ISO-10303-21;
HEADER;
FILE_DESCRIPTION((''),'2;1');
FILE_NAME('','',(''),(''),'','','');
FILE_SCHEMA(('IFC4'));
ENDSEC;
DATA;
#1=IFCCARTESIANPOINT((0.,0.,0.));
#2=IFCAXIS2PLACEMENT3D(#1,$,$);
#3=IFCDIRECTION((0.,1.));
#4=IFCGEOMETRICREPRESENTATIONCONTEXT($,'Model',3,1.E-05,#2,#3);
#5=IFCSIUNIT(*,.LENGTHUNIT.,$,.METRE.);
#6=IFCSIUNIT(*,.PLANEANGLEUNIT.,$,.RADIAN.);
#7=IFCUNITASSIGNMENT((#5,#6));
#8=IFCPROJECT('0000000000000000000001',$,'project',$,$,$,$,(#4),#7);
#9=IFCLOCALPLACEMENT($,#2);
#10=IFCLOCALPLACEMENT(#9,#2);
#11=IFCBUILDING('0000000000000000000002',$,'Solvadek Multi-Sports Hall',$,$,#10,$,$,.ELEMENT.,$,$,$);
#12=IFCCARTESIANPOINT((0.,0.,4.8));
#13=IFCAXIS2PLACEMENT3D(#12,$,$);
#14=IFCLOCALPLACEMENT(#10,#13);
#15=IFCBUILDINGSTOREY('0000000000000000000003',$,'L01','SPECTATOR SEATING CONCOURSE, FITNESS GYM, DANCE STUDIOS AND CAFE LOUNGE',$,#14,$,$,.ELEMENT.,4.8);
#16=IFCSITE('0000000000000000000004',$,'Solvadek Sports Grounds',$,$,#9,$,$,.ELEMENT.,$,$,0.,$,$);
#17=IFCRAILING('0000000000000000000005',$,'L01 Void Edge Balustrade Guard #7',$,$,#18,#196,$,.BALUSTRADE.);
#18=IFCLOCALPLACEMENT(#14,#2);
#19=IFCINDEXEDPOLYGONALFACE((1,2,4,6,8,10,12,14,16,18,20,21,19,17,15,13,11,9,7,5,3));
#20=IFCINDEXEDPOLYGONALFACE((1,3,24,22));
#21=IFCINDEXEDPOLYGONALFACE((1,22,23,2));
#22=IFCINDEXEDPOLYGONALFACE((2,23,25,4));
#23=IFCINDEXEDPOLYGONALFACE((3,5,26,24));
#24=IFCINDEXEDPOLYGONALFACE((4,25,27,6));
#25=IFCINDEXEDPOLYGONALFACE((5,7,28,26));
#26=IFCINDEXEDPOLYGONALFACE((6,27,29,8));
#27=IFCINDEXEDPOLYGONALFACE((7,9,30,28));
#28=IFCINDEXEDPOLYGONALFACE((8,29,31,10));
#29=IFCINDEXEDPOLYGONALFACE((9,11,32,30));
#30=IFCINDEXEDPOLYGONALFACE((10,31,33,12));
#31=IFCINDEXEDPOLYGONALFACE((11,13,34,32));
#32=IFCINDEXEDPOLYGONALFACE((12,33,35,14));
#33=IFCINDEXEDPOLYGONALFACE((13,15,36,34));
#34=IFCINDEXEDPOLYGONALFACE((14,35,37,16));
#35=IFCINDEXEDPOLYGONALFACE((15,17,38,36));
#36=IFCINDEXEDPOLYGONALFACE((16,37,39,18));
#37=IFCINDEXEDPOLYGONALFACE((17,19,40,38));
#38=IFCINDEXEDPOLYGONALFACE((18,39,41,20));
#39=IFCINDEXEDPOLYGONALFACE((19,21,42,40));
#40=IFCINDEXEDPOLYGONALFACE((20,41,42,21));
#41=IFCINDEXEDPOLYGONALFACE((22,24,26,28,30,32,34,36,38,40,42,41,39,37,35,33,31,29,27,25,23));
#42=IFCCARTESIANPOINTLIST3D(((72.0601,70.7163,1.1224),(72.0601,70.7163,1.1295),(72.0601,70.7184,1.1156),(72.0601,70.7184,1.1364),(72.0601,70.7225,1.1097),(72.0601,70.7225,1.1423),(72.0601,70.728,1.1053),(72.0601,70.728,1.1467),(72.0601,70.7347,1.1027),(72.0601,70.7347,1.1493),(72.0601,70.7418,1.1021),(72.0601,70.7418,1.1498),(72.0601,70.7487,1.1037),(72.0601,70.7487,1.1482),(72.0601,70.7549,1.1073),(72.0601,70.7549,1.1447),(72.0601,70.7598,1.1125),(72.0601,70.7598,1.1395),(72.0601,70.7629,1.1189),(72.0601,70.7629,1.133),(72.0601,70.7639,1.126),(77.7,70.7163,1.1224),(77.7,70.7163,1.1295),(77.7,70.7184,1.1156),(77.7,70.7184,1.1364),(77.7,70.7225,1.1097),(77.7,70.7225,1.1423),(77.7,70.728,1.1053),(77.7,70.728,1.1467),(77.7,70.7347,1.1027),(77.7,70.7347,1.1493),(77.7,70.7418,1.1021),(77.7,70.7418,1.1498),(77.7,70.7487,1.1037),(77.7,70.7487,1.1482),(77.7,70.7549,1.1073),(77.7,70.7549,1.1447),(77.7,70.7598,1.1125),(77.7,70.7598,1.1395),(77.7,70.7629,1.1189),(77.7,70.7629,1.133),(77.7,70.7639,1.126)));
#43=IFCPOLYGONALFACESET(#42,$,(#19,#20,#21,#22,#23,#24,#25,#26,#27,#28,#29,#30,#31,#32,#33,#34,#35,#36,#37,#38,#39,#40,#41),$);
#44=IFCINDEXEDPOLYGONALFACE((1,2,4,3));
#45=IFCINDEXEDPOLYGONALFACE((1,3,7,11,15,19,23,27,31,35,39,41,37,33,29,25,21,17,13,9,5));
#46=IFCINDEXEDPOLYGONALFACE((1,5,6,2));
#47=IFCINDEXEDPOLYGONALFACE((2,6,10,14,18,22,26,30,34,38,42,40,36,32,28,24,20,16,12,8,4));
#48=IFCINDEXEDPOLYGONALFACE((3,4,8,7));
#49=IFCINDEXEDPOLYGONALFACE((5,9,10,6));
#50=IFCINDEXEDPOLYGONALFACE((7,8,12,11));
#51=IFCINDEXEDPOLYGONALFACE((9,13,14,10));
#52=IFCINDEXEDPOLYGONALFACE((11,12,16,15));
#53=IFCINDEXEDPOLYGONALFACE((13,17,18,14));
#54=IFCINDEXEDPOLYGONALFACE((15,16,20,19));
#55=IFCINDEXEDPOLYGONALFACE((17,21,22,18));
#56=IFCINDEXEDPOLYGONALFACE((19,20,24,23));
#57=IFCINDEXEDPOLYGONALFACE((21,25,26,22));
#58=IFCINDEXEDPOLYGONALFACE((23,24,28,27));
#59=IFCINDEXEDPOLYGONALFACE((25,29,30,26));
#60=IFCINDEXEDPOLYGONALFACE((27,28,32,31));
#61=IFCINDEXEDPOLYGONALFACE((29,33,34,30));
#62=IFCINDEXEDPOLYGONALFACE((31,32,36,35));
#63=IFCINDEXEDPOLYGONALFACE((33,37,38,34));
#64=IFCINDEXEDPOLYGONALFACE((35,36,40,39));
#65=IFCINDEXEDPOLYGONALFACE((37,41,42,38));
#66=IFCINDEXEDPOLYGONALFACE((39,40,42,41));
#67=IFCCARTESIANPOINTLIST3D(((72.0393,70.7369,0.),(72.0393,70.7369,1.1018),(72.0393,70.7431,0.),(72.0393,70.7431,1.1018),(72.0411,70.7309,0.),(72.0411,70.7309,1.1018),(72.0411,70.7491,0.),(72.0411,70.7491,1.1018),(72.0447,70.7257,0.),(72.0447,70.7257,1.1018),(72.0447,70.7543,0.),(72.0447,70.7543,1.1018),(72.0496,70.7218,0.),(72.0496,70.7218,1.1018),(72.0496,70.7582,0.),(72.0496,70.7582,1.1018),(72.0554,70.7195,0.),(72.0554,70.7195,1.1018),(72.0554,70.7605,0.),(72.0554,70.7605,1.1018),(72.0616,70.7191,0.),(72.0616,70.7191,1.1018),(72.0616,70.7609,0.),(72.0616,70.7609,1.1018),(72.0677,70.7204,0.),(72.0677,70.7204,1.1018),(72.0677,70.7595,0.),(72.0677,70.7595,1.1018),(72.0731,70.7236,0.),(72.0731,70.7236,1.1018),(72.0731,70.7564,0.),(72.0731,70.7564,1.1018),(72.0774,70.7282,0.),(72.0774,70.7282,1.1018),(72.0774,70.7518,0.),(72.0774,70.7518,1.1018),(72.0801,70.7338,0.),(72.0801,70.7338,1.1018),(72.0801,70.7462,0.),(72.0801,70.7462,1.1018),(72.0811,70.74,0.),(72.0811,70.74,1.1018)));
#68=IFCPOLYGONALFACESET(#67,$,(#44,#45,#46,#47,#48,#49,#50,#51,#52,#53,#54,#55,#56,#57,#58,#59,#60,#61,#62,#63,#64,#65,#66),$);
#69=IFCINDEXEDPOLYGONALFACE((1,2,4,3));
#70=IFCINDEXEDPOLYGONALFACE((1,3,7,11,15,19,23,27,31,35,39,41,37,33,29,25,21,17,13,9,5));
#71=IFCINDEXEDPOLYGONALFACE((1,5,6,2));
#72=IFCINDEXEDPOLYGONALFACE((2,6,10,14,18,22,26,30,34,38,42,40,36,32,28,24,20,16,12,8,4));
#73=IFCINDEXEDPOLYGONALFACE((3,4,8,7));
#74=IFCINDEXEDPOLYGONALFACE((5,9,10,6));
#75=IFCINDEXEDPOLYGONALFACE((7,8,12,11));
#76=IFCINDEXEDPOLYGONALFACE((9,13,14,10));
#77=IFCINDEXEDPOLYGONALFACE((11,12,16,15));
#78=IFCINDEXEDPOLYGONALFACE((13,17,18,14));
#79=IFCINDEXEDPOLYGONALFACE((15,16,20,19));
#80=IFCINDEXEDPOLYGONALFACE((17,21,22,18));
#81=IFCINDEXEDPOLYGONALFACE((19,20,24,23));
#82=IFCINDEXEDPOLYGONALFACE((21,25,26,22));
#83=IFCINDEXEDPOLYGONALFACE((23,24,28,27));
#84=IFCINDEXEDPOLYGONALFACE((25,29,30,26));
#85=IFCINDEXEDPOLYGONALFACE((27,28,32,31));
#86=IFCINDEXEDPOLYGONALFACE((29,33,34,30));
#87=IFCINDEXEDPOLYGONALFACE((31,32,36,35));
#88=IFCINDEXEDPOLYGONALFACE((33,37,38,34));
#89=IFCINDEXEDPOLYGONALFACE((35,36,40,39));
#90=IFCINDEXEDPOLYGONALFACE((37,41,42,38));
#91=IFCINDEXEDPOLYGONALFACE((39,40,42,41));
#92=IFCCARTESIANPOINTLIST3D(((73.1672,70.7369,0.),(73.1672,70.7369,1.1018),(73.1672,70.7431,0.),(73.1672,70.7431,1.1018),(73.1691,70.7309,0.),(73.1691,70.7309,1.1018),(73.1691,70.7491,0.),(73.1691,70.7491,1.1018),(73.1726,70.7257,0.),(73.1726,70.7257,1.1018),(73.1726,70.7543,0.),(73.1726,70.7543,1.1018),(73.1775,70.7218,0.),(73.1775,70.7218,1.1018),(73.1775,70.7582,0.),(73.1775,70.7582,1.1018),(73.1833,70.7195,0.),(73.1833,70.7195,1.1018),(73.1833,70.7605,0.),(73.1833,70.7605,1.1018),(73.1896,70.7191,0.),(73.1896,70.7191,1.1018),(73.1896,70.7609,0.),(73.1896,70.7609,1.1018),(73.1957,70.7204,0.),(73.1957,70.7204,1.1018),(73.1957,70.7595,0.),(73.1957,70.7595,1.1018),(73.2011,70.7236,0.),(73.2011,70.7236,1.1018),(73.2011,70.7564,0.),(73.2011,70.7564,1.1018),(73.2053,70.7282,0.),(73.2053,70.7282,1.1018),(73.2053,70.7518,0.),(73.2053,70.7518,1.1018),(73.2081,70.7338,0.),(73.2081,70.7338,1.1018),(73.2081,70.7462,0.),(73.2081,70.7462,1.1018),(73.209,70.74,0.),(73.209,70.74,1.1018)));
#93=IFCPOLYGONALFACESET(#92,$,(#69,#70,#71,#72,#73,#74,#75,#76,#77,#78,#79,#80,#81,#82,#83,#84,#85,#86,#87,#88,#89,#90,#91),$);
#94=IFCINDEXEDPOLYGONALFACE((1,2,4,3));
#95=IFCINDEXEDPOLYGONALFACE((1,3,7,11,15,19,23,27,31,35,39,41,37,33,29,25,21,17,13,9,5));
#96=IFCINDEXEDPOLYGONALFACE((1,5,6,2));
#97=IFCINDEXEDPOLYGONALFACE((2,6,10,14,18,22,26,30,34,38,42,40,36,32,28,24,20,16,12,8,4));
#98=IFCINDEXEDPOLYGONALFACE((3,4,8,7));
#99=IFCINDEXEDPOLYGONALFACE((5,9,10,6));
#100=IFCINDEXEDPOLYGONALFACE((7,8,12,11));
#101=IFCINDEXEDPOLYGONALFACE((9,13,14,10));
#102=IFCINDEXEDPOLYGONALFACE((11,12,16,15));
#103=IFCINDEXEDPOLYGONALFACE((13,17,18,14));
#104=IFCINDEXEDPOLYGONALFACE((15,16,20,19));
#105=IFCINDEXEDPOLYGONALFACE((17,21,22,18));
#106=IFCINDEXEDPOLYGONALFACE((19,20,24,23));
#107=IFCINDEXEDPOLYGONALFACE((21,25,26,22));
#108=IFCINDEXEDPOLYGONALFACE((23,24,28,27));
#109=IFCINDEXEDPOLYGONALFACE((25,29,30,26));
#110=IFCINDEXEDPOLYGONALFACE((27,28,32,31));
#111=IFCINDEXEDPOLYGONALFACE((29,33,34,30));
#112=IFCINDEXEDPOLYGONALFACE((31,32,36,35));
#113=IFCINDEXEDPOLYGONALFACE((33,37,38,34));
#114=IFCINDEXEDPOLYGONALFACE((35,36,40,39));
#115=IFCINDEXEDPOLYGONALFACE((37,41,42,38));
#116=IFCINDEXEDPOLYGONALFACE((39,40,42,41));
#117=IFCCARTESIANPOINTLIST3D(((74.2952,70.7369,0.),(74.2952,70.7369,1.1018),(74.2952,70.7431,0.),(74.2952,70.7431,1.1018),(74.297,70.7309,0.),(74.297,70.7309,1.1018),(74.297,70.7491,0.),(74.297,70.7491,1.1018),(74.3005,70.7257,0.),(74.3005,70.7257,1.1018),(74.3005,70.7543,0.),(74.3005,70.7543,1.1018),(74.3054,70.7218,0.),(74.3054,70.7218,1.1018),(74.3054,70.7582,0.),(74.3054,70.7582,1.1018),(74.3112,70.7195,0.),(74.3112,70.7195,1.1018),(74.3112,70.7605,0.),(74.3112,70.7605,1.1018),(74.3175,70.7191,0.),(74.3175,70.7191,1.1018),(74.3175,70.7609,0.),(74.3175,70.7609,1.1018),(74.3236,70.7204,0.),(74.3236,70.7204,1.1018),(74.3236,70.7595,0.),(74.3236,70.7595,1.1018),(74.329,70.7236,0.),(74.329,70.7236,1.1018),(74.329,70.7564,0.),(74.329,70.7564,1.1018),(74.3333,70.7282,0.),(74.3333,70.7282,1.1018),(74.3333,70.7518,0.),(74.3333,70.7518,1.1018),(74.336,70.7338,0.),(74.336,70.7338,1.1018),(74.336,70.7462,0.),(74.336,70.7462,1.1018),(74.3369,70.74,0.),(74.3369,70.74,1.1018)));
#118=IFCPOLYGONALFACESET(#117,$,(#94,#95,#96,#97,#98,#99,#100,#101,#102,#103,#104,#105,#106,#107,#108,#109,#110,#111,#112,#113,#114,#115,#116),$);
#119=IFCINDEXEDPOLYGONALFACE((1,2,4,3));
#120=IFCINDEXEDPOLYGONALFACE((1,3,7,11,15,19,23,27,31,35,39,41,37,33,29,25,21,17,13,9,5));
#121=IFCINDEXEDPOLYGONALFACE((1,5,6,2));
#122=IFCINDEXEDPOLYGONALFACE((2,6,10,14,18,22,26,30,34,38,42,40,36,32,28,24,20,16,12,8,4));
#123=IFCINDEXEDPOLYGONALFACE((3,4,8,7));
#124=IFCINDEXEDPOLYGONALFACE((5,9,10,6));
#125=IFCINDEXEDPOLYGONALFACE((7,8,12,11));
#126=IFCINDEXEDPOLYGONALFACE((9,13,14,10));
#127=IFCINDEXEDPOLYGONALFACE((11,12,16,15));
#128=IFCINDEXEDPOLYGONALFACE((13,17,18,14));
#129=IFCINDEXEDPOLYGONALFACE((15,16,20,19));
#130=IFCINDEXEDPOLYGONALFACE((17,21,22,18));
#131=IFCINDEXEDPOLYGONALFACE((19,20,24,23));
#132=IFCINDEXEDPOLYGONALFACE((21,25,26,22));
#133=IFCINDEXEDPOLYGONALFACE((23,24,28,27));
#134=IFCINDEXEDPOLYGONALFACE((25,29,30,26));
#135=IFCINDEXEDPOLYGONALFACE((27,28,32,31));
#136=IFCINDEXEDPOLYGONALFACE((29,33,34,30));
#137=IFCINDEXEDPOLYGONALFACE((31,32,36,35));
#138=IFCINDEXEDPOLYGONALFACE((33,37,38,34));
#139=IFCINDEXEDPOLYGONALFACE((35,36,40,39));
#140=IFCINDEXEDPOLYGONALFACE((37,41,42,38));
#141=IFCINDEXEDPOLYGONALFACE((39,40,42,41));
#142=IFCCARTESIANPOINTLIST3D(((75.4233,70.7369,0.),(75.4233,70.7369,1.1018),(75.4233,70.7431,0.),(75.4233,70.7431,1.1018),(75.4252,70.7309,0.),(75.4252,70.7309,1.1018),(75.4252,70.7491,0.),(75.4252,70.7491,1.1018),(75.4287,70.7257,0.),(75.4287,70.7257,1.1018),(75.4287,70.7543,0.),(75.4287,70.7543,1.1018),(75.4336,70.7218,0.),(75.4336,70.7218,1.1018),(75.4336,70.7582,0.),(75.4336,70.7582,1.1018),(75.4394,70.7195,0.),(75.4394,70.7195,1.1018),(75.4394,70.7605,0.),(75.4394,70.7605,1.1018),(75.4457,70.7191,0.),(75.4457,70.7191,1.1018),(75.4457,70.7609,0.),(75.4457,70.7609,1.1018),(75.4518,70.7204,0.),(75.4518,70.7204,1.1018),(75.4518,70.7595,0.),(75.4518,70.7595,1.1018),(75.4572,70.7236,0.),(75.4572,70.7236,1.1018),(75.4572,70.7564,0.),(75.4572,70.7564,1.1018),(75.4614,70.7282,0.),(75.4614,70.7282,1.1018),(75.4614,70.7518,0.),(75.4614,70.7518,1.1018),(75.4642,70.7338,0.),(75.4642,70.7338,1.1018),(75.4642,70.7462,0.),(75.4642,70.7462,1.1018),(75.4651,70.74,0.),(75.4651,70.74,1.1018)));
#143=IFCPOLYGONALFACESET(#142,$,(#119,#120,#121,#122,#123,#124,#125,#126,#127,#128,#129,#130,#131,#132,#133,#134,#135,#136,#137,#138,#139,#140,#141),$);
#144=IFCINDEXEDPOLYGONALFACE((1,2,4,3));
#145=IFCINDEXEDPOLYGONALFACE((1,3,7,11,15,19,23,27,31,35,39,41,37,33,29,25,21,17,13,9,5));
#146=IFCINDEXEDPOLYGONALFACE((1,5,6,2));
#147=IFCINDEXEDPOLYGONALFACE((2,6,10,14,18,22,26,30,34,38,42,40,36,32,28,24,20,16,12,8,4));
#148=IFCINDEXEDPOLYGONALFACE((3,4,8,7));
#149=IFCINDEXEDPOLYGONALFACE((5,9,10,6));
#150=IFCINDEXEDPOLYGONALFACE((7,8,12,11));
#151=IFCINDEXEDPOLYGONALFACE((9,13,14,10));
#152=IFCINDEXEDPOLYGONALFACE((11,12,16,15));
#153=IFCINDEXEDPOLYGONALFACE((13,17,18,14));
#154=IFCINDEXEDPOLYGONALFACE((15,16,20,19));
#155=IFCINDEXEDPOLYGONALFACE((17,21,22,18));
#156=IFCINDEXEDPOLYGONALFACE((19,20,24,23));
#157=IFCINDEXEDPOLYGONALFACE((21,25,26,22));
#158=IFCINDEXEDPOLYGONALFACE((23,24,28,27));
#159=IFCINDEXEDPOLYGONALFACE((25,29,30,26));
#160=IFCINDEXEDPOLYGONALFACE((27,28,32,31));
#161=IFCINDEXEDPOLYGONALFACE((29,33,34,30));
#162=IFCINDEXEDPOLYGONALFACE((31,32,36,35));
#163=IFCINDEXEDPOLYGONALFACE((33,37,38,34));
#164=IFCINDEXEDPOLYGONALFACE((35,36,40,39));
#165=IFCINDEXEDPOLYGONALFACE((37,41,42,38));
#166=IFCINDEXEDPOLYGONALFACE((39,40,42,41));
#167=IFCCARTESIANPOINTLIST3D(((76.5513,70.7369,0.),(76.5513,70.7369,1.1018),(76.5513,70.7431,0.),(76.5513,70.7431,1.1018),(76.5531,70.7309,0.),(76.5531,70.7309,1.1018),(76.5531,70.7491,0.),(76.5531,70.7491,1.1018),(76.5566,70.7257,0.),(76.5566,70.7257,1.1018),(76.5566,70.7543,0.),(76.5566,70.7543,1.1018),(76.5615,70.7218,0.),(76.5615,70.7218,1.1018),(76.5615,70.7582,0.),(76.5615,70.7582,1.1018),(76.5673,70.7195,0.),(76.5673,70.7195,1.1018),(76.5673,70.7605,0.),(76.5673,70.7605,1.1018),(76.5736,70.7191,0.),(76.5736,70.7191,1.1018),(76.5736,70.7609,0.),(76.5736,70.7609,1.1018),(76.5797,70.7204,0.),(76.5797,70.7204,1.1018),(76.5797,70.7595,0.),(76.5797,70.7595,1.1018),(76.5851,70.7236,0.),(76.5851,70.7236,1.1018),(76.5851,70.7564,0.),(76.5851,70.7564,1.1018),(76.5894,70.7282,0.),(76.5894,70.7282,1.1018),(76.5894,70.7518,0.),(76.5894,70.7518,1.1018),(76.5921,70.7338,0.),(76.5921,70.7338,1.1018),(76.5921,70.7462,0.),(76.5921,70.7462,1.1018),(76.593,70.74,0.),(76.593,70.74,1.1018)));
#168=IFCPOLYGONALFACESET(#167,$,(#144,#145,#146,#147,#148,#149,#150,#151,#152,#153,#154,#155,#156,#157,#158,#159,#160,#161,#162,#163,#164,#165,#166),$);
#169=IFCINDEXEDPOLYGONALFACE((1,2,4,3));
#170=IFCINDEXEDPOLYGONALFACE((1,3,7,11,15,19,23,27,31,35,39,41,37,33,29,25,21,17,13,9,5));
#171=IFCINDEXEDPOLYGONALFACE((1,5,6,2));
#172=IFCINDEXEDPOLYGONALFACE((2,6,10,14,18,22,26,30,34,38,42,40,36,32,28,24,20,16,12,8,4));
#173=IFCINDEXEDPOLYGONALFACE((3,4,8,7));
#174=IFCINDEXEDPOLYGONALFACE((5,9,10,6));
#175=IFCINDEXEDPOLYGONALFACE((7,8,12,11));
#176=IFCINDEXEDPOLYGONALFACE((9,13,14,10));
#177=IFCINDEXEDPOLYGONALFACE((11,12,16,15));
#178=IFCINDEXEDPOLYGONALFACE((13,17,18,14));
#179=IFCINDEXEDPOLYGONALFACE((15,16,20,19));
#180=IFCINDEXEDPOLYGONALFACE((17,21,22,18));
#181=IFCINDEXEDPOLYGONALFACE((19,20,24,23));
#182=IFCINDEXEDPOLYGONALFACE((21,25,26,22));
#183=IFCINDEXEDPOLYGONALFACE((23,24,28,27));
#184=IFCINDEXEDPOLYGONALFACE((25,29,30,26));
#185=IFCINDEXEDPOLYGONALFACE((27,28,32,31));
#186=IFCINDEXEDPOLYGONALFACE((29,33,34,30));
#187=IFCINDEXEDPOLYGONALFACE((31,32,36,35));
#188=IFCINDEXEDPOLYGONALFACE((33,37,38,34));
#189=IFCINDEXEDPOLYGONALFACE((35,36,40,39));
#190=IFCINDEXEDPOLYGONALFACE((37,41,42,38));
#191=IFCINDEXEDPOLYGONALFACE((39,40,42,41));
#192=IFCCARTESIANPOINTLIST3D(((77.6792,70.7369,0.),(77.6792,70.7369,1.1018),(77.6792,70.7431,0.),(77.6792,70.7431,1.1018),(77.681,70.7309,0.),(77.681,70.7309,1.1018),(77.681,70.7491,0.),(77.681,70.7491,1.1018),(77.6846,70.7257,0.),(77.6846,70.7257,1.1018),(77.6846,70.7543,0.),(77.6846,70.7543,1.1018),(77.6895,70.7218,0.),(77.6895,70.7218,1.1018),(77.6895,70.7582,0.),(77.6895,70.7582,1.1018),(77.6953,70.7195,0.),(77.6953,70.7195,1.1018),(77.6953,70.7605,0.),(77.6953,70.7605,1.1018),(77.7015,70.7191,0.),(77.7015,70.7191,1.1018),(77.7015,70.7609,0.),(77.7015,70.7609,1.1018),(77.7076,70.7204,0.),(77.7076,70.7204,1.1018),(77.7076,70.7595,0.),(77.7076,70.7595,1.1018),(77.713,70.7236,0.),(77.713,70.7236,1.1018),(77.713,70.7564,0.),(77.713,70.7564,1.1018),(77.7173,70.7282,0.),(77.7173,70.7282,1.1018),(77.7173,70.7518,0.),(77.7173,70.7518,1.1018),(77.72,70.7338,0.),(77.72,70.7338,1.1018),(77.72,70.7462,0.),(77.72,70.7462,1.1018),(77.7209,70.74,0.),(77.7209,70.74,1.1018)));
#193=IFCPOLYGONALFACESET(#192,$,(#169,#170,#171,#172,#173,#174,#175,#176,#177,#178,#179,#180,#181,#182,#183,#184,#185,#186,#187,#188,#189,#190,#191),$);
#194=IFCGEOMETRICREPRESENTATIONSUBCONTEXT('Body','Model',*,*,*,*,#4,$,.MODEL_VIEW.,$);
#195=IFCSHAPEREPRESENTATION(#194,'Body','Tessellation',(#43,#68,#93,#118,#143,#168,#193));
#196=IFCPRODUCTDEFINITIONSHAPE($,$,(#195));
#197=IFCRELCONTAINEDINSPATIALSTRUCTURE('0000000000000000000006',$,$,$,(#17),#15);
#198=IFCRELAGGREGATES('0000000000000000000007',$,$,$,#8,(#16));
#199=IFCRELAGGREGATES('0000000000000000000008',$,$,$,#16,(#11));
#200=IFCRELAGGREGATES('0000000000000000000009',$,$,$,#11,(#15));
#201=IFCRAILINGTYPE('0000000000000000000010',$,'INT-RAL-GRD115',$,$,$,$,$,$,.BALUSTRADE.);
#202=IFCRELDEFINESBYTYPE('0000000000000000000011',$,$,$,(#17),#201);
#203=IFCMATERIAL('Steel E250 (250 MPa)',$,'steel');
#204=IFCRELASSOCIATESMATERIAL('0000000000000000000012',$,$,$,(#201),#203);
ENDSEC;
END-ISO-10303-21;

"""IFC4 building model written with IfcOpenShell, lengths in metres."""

from ifc_helpers import new_model, si_unit, direction, frame, origin, origin_2d, place, context, subcontext, project, spatial, circle, extrude, material, type_object, element, save


model = new_model("IFC4")

# Units and contexts
model_context = context("Model", 3, precision=1e-05, world=origin(), true_north=direction((0.0, 1.0)))
body_context = subcontext(model_context, "Body", "Model", "MODEL_VIEW")
ifc_project = project(units=[si_unit("LENGTHUNIT", "METRE"), si_unit("PLANEANGLEUNIT", "RADIAN")], contexts=[model_context])

# Site, building, storey
site_placement = place(None, origin())
site = spatial("IfcSite", under=ifc_project, at=site_placement, Name="Solvadek Sports Grounds", CompositionType="ELEMENT", RefElevation=0.0)
building_placement = place(site_placement, origin())
building = spatial("IfcBuilding", under=site, at=building_placement, Name="Solvadek Multi-Sports Hall", CompositionType="ELEMENT")
storey_placement = place(building_placement, frame((0.0, 0.0, 4.8)))
storey = spatial("IfcBuildingStorey", under=building, at=storey_placement, Name="L01", Description="SPECTATOR SEATING CONCOURSE, FITNESS GYM, DANCE STUDIOS AND CAFE LOUNGE", CompositionType="ELEMENT", Elevation=4.8)

# Shared definitions
ifc_material_1 = material(Name="Steel E250 (250 MPa)", Category="steel")

# Railing
railing_type = type_object("IfcRailingType", Name="INT-RAL-GRD115", PredefinedType="BALUSTRADE", material=ifc_material_1)
railing_1_placement = place(storey_placement, frame((72.0601, 70.74, 0.0)))
element("IfcRailing", 1, at=railing_1_placement, inside=storey, type_object=railing_type, Name="L01 Void Edge Balustrade Guard #7", PredefinedType="BALUSTRADE", context=body_context, shape_type="SweptSolid", body=[
    extrude(circle(Radius=0.0239, at=origin_2d()), frame((0.0, 0.0, 1.126), z_axis=(1.0, 0.0, 0.0), x_axis=(0.0, 1.0, 0.0)), (0.0, 0.0, 1.0), 5.6399),
    extrude(circle(Radius=0.021, at=origin_2d()), origin(), (0.0, 0.0, 1.0), 1.1018),
    extrude(circle(Radius=0.021, at=origin_2d()), frame((1.1279, 0.0, 0.0)), (0.0, 0.0, 1.0), 1.1018),
    extrude(circle(Radius=0.021, at=origin_2d()), frame((2.2559, 0.0, 0.0)), (0.0, 0.0, 1.0), 1.1018),
    extrude(circle(Radius=0.021, at=origin_2d()), frame((3.384, 0.0, 0.0)), (0.0, 0.0, 1.0), 1.1018),
    extrude(circle(Radius=0.021, at=origin_2d()), frame((4.512, 0.0, 0.0)), (0.0, 0.0, 1.0), 1.1018),
    extrude(circle(Radius=0.021, at=origin_2d()), frame((5.6399, 0.0, 0.0)), (0.0, 0.0, 1.0), 1.1018),
])

save(model, "model.ifc")
